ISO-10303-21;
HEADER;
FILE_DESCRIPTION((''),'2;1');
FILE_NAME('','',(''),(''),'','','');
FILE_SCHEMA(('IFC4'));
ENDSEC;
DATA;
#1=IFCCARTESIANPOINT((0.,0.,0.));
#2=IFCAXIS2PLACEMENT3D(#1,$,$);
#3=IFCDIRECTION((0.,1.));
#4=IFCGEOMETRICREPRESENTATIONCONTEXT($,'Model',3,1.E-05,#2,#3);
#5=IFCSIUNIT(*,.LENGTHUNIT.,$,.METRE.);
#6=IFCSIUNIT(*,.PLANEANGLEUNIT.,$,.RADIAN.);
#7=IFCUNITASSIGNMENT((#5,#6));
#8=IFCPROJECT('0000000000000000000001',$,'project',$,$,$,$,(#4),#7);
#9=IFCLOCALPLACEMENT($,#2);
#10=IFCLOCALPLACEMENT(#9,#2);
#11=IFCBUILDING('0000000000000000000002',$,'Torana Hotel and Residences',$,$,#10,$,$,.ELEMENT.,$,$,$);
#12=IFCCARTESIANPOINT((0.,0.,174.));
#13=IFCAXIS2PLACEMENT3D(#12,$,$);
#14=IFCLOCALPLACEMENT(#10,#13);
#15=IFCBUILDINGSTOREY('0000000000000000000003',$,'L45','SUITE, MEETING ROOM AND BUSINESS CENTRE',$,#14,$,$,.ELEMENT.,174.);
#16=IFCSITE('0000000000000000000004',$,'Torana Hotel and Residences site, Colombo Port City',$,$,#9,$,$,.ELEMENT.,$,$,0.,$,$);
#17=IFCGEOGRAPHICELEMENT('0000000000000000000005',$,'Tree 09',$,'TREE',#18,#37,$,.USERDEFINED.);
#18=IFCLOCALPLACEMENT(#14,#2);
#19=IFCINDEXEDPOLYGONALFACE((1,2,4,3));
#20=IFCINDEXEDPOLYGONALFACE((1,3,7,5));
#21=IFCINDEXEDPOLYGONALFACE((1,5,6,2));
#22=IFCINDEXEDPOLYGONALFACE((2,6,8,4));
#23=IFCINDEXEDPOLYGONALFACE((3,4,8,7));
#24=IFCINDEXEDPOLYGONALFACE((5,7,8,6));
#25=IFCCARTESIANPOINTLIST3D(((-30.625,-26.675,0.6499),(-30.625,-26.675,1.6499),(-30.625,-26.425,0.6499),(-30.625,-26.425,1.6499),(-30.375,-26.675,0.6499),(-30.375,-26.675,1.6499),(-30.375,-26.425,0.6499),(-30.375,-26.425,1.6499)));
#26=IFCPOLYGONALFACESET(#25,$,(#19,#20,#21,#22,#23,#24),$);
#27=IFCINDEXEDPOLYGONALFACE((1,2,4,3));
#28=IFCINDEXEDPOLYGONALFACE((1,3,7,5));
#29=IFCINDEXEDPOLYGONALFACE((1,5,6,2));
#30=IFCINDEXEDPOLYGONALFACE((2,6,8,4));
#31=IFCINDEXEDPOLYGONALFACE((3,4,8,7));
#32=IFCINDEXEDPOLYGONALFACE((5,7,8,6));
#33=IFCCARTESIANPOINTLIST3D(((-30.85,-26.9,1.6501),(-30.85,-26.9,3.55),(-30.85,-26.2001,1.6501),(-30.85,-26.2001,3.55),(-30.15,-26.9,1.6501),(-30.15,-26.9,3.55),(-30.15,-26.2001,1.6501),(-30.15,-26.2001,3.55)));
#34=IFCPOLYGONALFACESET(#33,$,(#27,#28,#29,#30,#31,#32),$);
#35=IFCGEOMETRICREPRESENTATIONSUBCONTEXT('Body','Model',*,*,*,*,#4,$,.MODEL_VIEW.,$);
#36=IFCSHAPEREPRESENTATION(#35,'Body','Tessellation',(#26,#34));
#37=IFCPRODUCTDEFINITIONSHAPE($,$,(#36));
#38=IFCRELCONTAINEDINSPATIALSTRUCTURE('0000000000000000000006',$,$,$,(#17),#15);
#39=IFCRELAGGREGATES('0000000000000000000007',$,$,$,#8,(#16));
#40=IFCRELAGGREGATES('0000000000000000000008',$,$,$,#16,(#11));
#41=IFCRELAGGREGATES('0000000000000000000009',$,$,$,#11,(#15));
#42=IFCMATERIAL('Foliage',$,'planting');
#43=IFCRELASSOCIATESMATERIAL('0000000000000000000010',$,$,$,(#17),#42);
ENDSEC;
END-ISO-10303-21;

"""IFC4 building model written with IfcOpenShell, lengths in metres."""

from ifc_helpers import new_model, si_unit, direction, frame, origin, origin_2d, place, context, subcontext, project, spatial, rectangle, extrude, material, element, save


model = new_model("IFC4")

# Units and contexts
model_context = context("Model", 3, precision=1e-05, world=origin(), true_north=direction((0.0, 1.0)))
body_context = subcontext(model_context, "Body", "Model", "MODEL_VIEW")
ifc_project = project(units=[si_unit("LENGTHUNIT", "METRE"), si_unit("PLANEANGLEUNIT", "RADIAN")], contexts=[model_context])

# Site, building, storey
site_placement = place(None, origin())
site = spatial("IfcSite", under=ifc_project, at=site_placement, Name="Torana Hotel and Residences site, Colombo Port City", CompositionType="ELEMENT", RefElevation=0.0)
building_placement = place(site_placement, origin())
building = spatial("IfcBuilding", under=site, at=building_placement, Name="Torana Hotel and Residences", CompositionType="ELEMENT")
storey_placement = place(building_placement, frame((0.0, 0.0, 174.0)))
storey = spatial("IfcBuildingStorey", under=building, at=storey_placement, Name="L45", Description="SUITE, MEETING ROOM AND BUSINESS CENTRE", CompositionType="ELEMENT", Elevation=174.0)

# Geographic element
ifc_material_1 = material(Name="Foliage", Category="planting")
geographic_element_placement = place(storey_placement, frame((-30.5, -26.55, 0.6499), z_axis=(0.0, 0.0, 1.0), x_axis=(1.0, 0.0, 0.0)))
element("IfcGeographicElement", 1, at=geographic_element_placement, inside=storey, material=ifc_material_1, Name="Tree 09", ObjectType="TREE", PredefinedType="USERDEFINED", context=body_context, shape_type="SweptSolid", body=[
    extrude(rectangle(XDim=0.25, YDim=0.25, at=origin_2d()), origin(), (0.0, 0.0, 1.0), 1.0),
    extrude(rectangle(XDim=0.7, YDim=0.7, at=origin_2d()), frame((0.0, 0.0, 1.0002)), (0.0, 0.0, 1.0), 1.8999),
])

save(model, "model.ifc")
